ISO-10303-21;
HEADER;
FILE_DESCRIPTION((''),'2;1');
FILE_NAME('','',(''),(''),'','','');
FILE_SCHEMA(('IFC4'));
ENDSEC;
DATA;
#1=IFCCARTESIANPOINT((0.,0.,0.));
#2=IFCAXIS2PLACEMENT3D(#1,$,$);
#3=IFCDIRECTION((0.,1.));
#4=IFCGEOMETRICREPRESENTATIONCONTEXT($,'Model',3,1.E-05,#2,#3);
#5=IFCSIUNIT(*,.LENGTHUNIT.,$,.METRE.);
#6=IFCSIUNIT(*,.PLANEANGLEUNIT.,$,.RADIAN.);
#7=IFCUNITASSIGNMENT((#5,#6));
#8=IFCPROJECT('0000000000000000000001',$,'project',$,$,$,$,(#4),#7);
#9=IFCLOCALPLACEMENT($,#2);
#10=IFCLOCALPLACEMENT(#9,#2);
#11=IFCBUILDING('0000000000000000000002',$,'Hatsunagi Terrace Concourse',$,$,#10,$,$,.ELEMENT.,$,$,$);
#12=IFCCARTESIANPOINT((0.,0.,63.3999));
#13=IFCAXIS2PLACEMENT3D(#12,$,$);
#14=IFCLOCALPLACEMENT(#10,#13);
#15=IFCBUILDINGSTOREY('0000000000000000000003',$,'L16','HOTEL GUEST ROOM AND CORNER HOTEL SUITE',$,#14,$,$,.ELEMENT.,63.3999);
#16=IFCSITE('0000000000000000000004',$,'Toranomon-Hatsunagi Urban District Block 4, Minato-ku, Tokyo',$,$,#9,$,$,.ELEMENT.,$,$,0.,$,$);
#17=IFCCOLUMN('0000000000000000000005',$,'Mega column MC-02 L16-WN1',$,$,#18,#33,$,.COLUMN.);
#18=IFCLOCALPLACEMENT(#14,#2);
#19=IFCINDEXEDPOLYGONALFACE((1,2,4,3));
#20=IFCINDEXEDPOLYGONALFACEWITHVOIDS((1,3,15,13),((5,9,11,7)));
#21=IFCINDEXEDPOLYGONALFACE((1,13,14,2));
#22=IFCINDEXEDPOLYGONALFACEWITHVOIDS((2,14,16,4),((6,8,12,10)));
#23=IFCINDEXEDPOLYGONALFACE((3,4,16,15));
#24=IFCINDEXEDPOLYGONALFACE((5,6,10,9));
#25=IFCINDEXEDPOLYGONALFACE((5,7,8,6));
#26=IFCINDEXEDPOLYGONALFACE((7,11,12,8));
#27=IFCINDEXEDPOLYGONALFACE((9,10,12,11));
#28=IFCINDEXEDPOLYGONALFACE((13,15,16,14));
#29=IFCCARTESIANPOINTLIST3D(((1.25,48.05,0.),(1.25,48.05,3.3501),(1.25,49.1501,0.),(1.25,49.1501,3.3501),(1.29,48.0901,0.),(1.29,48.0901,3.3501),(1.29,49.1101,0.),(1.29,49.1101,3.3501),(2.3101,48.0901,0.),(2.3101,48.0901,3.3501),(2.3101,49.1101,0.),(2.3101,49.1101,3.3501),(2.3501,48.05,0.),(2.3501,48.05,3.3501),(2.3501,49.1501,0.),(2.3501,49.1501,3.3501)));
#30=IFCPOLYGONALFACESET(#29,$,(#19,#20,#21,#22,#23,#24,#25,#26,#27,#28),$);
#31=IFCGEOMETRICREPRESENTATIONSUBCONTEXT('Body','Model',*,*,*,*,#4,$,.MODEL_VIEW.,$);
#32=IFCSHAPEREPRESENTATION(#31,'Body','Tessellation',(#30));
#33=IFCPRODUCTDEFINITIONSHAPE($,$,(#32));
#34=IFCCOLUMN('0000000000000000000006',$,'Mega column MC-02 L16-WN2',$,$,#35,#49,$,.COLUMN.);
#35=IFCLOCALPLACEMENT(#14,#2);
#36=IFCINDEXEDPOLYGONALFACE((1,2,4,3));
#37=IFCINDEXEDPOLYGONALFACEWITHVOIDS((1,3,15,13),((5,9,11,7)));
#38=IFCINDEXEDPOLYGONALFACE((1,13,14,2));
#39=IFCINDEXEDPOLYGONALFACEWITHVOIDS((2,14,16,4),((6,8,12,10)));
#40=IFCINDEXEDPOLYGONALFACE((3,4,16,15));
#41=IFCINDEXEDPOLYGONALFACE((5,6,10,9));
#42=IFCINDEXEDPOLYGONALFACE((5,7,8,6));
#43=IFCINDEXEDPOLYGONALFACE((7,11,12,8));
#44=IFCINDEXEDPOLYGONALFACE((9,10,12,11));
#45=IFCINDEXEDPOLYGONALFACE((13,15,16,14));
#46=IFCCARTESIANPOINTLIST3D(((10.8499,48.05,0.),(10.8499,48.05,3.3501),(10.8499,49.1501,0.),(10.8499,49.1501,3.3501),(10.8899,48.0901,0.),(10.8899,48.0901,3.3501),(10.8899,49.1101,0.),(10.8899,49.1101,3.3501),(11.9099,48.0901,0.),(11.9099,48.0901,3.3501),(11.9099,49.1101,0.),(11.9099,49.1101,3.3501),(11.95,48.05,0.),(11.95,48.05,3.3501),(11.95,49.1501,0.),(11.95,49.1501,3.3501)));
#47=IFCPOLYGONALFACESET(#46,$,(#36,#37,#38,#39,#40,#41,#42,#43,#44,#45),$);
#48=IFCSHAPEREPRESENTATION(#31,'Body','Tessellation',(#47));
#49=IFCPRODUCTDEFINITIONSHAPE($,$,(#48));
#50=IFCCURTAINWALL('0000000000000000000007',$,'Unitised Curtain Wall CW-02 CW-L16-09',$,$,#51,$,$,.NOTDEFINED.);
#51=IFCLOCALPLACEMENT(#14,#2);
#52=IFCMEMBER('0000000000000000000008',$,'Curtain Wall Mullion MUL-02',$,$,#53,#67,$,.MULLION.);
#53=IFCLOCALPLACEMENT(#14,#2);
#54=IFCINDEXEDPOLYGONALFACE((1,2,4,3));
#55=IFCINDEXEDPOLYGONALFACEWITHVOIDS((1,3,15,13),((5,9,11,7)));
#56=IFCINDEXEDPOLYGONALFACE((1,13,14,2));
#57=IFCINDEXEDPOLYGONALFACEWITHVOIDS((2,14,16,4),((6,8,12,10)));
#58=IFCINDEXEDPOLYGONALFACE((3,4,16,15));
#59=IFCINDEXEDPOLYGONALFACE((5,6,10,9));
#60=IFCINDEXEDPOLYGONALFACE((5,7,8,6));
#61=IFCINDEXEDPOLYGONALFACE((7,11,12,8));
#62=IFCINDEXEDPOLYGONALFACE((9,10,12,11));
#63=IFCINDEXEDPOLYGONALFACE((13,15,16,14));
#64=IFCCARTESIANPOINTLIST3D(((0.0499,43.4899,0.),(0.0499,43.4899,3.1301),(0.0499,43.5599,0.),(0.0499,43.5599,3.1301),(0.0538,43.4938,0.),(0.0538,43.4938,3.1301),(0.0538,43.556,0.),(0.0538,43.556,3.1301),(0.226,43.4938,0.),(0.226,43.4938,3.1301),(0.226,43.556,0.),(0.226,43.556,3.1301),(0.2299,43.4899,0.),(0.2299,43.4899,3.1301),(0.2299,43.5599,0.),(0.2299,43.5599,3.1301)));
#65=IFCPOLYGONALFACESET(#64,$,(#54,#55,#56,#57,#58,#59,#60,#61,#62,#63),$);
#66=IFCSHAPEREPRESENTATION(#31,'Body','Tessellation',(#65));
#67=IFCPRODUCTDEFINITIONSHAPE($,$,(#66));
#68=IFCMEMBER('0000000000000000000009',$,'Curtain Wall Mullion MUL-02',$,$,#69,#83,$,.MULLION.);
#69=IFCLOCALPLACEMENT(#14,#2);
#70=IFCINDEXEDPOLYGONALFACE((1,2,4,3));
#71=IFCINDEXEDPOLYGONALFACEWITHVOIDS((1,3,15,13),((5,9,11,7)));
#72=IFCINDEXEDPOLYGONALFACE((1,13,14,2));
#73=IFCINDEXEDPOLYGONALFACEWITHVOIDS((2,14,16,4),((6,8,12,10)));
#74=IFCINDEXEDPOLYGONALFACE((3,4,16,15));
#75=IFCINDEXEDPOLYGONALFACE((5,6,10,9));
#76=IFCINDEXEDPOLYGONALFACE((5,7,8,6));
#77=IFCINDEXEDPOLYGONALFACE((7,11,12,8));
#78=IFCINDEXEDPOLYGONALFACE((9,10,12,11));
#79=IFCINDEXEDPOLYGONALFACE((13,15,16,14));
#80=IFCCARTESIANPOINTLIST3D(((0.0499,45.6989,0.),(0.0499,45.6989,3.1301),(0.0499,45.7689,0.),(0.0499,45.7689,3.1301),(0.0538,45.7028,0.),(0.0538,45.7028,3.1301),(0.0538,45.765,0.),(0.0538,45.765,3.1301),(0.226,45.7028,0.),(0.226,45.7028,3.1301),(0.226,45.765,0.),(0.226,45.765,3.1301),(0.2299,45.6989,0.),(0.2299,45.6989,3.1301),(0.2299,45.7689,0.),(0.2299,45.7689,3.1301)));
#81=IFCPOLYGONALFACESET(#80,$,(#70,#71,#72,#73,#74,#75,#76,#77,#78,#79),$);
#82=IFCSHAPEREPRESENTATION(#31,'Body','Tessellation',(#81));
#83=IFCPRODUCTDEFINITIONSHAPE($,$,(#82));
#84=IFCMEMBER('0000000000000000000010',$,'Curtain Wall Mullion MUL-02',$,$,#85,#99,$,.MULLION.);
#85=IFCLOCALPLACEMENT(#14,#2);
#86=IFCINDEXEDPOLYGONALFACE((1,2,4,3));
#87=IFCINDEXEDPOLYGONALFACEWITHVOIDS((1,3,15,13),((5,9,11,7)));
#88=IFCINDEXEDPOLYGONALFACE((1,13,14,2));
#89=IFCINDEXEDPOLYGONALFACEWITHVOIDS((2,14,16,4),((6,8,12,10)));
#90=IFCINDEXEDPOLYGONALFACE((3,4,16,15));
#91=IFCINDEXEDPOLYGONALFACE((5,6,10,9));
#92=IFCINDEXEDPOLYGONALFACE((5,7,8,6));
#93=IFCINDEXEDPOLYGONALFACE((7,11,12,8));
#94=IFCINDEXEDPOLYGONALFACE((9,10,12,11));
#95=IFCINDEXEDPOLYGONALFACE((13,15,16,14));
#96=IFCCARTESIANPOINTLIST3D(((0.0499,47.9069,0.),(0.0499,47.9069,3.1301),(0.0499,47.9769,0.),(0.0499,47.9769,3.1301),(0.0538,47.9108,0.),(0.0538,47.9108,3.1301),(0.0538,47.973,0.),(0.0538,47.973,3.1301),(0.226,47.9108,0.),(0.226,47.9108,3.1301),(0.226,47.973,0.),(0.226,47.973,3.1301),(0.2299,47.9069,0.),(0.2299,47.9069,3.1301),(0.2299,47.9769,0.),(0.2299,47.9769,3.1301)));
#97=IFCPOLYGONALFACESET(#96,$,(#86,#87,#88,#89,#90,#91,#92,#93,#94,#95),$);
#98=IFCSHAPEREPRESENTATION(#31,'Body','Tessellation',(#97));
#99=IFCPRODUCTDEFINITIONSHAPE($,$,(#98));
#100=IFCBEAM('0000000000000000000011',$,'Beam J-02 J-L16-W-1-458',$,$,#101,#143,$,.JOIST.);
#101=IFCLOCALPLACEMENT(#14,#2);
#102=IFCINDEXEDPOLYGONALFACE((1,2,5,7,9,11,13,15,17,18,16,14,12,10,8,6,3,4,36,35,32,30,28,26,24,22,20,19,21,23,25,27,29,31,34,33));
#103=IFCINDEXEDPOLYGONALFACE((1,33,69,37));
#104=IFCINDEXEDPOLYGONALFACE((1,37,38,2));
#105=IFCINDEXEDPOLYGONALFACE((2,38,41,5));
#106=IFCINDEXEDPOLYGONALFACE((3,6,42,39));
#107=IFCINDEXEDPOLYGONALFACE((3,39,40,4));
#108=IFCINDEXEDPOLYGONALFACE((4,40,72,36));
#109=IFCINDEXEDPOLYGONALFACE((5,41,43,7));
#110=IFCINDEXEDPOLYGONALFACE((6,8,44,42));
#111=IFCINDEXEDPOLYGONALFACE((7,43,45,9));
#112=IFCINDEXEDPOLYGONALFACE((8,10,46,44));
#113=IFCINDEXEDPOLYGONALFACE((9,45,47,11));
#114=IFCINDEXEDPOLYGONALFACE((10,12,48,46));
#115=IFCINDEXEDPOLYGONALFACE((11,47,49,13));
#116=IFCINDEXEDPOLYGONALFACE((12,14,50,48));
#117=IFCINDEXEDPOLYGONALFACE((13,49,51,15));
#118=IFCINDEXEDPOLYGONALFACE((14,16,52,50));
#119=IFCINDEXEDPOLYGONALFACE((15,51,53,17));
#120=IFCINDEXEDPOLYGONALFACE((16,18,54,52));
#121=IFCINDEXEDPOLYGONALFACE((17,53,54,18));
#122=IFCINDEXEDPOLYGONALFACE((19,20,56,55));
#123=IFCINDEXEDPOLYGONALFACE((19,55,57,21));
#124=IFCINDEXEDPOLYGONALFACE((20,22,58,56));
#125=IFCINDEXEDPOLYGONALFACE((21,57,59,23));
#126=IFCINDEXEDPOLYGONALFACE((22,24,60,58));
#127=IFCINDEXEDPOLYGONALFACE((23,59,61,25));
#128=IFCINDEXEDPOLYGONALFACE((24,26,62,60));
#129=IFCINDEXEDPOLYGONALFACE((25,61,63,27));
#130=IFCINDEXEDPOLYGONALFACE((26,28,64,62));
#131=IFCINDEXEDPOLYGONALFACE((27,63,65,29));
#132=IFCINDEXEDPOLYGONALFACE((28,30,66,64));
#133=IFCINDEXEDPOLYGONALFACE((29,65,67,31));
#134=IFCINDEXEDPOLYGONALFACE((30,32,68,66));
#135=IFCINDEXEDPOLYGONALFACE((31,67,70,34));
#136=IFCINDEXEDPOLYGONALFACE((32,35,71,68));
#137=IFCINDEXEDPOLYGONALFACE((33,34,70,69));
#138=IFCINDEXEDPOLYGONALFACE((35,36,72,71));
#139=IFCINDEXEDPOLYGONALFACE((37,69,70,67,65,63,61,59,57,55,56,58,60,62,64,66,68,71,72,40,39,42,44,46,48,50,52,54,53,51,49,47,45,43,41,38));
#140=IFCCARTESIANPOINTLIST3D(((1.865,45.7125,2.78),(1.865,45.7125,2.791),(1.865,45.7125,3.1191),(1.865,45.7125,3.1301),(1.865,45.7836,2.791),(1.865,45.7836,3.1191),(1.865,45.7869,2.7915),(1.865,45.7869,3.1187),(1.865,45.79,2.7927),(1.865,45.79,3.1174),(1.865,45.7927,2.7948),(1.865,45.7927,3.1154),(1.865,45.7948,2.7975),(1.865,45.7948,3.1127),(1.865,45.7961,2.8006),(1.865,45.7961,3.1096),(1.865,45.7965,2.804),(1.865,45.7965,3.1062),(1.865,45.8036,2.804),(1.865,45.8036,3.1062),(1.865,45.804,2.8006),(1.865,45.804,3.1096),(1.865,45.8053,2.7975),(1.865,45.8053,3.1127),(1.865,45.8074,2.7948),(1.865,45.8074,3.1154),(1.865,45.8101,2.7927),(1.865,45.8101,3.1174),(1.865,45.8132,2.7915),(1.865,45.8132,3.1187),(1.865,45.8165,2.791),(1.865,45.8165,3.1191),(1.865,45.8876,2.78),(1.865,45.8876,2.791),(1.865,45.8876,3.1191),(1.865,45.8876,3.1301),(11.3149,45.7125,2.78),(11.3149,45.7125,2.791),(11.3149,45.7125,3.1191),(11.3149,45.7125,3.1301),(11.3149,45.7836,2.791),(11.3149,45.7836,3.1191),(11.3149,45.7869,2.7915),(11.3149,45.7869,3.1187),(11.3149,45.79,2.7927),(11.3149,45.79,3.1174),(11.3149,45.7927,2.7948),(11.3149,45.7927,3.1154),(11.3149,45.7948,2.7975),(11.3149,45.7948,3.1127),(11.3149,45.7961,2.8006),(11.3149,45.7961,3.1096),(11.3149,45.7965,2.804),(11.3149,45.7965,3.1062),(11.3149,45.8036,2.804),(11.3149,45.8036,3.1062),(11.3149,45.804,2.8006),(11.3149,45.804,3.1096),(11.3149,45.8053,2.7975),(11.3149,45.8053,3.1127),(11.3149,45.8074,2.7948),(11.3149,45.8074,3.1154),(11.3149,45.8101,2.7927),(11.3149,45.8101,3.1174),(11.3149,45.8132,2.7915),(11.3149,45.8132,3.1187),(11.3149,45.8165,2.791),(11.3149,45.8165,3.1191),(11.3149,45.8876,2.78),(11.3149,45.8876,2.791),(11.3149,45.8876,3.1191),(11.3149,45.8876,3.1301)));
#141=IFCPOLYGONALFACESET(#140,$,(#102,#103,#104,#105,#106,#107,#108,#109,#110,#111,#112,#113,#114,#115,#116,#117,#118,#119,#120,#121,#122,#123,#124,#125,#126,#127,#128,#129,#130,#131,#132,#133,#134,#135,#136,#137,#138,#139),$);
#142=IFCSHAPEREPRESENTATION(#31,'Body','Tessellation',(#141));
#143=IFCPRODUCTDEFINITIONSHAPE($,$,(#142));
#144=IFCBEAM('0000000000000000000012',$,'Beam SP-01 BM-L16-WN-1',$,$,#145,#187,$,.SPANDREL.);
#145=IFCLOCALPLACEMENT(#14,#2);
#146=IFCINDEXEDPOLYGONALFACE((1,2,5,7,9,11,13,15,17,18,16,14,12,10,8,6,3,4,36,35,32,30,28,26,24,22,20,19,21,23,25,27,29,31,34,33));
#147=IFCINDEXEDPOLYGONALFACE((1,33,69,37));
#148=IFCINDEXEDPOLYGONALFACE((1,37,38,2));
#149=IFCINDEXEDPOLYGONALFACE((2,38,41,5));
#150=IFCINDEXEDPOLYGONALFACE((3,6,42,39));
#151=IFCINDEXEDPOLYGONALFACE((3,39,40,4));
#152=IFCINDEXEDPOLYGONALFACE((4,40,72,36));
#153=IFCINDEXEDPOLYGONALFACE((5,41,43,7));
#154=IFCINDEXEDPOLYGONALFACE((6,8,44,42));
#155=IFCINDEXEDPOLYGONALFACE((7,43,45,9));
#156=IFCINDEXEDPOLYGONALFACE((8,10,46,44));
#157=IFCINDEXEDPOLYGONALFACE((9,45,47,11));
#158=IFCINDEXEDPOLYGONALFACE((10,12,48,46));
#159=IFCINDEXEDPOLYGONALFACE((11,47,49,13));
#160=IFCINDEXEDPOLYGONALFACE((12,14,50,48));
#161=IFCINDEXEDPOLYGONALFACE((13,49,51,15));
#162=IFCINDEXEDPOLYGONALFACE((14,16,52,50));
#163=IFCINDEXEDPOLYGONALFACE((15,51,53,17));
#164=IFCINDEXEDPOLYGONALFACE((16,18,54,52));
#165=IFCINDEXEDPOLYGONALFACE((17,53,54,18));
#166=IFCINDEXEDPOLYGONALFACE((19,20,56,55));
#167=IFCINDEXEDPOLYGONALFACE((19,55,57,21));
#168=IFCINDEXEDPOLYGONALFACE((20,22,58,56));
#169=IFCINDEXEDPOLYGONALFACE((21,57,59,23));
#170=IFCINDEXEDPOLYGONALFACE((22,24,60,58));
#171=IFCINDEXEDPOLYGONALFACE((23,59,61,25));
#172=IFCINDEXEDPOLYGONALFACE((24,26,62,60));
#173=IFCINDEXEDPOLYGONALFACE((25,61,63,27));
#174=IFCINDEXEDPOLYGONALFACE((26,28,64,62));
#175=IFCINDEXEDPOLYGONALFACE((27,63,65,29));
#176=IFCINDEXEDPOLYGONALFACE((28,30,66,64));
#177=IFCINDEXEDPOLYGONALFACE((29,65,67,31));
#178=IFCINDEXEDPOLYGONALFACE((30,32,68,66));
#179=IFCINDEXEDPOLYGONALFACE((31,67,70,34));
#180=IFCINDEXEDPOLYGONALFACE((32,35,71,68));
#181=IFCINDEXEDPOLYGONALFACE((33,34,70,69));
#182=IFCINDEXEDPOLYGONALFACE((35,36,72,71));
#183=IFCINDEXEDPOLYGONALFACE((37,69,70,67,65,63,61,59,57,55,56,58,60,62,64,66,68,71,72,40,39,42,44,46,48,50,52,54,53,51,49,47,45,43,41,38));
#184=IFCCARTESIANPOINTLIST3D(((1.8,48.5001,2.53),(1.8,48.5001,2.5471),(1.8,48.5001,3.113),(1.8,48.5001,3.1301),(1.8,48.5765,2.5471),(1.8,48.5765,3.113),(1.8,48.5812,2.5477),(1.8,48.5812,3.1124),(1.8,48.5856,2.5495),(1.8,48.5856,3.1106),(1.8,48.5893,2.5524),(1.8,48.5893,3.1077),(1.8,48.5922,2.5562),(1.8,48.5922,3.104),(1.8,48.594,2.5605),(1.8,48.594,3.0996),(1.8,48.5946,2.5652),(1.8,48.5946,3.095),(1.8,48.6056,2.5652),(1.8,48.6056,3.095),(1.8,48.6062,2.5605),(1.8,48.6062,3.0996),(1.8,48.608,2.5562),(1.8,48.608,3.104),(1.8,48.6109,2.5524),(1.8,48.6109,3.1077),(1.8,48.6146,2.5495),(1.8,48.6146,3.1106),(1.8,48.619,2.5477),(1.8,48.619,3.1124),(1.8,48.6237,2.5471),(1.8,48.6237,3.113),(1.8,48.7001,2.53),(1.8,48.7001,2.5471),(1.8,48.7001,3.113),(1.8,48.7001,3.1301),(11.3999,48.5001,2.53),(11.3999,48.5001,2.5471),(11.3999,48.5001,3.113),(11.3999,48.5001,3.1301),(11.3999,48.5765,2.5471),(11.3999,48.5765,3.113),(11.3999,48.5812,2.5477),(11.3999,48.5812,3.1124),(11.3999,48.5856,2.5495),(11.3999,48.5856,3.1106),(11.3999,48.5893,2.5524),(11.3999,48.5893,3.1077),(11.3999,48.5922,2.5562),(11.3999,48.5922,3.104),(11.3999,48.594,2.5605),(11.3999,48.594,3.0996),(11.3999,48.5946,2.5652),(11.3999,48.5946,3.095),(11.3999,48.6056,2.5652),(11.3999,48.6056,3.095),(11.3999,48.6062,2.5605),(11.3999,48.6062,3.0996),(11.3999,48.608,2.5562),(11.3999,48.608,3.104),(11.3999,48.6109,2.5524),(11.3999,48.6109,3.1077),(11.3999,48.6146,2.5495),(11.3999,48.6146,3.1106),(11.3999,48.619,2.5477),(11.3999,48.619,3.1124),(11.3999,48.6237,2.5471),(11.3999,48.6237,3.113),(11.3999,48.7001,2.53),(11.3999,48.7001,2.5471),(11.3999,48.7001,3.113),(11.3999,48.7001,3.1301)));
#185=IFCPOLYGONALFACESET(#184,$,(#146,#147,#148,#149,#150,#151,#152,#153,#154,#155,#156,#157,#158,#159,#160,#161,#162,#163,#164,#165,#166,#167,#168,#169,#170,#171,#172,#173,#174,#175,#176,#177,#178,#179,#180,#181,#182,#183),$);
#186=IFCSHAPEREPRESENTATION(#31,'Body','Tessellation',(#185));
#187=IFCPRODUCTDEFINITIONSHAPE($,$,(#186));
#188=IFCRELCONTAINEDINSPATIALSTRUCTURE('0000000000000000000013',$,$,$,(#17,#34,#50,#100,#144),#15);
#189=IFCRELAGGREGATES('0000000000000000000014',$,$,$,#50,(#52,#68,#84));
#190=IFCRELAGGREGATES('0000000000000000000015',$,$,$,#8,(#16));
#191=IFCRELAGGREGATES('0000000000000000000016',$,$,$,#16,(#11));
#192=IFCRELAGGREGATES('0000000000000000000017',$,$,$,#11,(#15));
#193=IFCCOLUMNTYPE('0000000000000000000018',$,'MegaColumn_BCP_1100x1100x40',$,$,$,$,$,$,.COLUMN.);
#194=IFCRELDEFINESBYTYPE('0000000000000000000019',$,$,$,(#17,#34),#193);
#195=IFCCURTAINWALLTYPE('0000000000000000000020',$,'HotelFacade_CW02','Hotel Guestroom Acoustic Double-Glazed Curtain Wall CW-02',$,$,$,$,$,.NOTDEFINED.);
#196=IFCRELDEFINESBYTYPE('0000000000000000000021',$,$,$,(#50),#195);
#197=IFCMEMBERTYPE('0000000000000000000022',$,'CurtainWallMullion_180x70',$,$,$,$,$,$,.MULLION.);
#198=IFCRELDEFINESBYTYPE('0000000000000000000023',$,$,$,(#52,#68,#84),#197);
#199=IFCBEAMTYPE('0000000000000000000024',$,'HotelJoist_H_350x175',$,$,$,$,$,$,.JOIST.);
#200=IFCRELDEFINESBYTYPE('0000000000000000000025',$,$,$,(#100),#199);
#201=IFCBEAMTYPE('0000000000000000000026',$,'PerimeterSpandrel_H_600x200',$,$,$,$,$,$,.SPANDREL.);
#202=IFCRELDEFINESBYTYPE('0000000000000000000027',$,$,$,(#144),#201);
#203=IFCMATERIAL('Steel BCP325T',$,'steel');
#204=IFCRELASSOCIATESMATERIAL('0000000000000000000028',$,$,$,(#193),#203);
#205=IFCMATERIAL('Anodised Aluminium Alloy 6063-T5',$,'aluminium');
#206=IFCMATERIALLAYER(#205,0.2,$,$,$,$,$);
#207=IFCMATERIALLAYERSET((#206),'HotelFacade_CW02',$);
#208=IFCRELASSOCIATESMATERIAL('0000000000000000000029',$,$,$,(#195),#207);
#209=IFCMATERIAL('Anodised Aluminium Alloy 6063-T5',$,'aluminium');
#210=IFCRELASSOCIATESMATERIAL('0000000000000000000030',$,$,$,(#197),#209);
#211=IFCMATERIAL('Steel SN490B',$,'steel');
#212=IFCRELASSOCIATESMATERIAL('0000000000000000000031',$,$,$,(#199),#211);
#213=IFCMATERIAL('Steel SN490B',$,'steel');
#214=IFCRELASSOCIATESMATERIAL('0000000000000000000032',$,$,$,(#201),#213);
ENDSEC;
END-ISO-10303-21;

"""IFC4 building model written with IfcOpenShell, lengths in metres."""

from ifc_helpers import new_model, si_unit, direction, frame, origin, origin_2d, place, context, subcontext, project, spatial, hollow_rectangle, i_section, extrude, material, layer, layer_set, material_profile, profile_set, type_object, element, aggregate, save


model = new_model("IFC4")

# Units and contexts
model_context = context("Model", 3, precision=1e-05, world=origin(), true_north=direction((0.0, 1.0)))
body_context = subcontext(model_context, "Body", "Model", "MODEL_VIEW")
ifc_project = project(units=[si_unit("LENGTHUNIT", "METRE"), si_unit("PLANEANGLEUNIT", "RADIAN")], contexts=[model_context])

# Site, building, storey
site_placement = place(None, origin())
site = spatial("IfcSite", under=ifc_project, at=site_placement, Name="Toranomon-Hatsunagi Urban District Block 4, Minato-ku, Tokyo", CompositionType="ELEMENT", RefElevation=0.0)
building_placement = place(site_placement, origin())
building = spatial("IfcBuilding", under=site, at=building_placement, Name="Hatsunagi Terrace Concourse", CompositionType="ELEMENT")
storey_placement = place(building_placement, frame((0.0, 0.0, 63.3999)))
storey = spatial("IfcBuildingStorey", under=building, at=storey_placement, Name="L16", Description="HOTEL GUEST ROOM AND CORNER HOTEL SUITE", CompositionType="ELEMENT", Elevation=63.3999)

# Columns
ifc_material_1 = material(Name="Steel BCP325T", Category="steel")
ifc_material_profile_1 = material_profile(ifc_material_1, hollow_rectangle(XDim=1.1001, YDim=1.1001, WallThickness=0.04, at=origin_2d()), Name="BCP-1100x1100x40")
ifc_profile_set_1 = profile_set([ifc_material_profile_1], Name="Steel BCP325T")
column_type = type_object("IfcColumnType", Name="MegaColumn_BCP_1100x1100x40", PredefinedType="COLUMN", material=ifc_profile_set_1)
for number, where, z_axis, x_axis, name in (
    (1, (1.8, 48.6001, 0.0), (0.0, 0.0, 1.0), (1.0, 0.0, 0.0), "Mega column MC-02 L16-WN1"),
    (2, (11.3999, 48.6001, 0.0), (0.0, 0.0, 1.0), (1.0, 0.0, 0.0), "Mega column MC-02 L16-WN2"),
):
    element("IfcColumn", number, at=place(storey_placement, frame(where, z_axis=z_axis, x_axis=x_axis)), inside=storey, type_object=column_type, Name=name, PredefinedType="COLUMN", context=body_context, shape_type="SweptSolid", body=[
        extrude(hollow_rectangle(XDim=1.1001, YDim=1.1001, WallThickness=0.04, at=origin_2d()), origin(), (0.0, 0.0, 1.0), 3.3501),
    ])

# Curtain wall, members
ifc_material_2 = material(Name="Anodised Aluminium Alloy 6063-T5", Category="aluminium")
ifc_layer_1 = layer(ifc_material_2, 0.2)
ifc_layer_set_1 = layer_set([ifc_layer_1], Name="HotelFacade_CW02")
curtain_wall_type = type_object("IfcCurtainWallType", Name="HotelFacade_CW02", Description="Hotel Guestroom Acoustic Double-Glazed Curtain Wall CW-02", PredefinedType="NOTDEFINED", material=ifc_layer_set_1)
curtain_wall_placement = place(storey_placement, origin())
curtain_wall = element("IfcCurtainWall", 3, at=curtain_wall_placement, inside=storey, type_object=curtain_wall_type, Name="Unitised Curtain Wall CW-02 CW-L16-09", PredefinedType="NOTDEFINED")
ifc_material_3 = material(Name="Anodised Aluminium Alloy 6063-T5", Category="aluminium")
ifc_material_profile_2 = material_profile(ifc_material_3, hollow_rectangle(XDim=0.0701, YDim=0.1799, WallThickness=0.0039, at=origin_2d()), Name="ALU-MUL-180x70x4")
ifc_profile_set_2 = profile_set([ifc_material_profile_2], Name="Anodised Aluminium Alloy 6063-T5")
member_type = type_object("IfcMemberType", Name="CurtainWallMullion_180x70", PredefinedType="MULLION", material=ifc_profile_set_2)
member_1_placement = place(storey_placement, frame((0.1399, 43.5249, 0.0), z_axis=(0.0, 0.0, 1.0), x_axis=(0.0, 1.0, 0.0)))
member_1 = element("IfcMember", 4, at=member_1_placement, type_object=member_type, Name="Curtain Wall Mullion MUL-02", PredefinedType="MULLION", context=body_context, shape_type="SweptSolid", body=[
    extrude(hollow_rectangle(XDim=0.0701, YDim=0.1799, WallThickness=0.0039, at=origin_2d()), origin(), (0.0, 0.0, 1.0), 3.1301),
])
member_2_placement = place(storey_placement, frame((0.1399, 45.7339, 0.0), z_axis=(0.0, 0.0, 1.0), x_axis=(0.0, 1.0, 0.0)))
member_2 = element("IfcMember", 5, at=member_2_placement, type_object=member_type, Name="Curtain Wall Mullion MUL-02", PredefinedType="MULLION", context=body_context, shape_type="SweptSolid", body=[
    extrude(hollow_rectangle(XDim=0.0701, YDim=0.1799, WallThickness=0.0039, at=origin_2d()), origin(), (0.0, 0.0, 1.0), 3.1301),
])
member_3_placement = place(storey_placement, frame((0.1399, 47.9419, 0.0), z_axis=(0.0, 0.0, 1.0), x_axis=(0.0, 1.0, 0.0)))
member_3 = element("IfcMember", 6, at=member_3_placement, type_object=member_type, Name="Curtain Wall Mullion MUL-02", PredefinedType="MULLION", context=body_context, shape_type="SweptSolid", body=[
    extrude(hollow_rectangle(XDim=0.0701, YDim=0.1799, WallThickness=0.0039, at=origin_2d()), origin(), (0.0, 0.0, 1.0), 3.1301),
])

# Beams
ifc_material_4 = material(Name="Steel SN490B", Category="steel")
ifc_material_profile_3 = material_profile(ifc_material_4, i_section(OverallWidth=0.175, OverallDepth=0.3501, WebThickness=0.0071, FlangeThickness=0.011, FilletRadius=0.0129, at=origin_2d()), Name="H-350x175x7x11")
ifc_profile_set_3 = profile_set([ifc_material_profile_3], Name="Steel SN490B")
beam_type_1 = type_object("IfcBeamType", Name="HotelJoist_H_350x175", PredefinedType="JOIST", material=ifc_profile_set_3)
beam_1_placement = place(storey_placement, frame((1.865, 45.8, 2.9551), z_axis=(1.0, 0.0, 0.0), x_axis=(0.0, 1.0, 0.0)))
element("IfcBeam", 7, at=beam_1_placement, inside=storey, type_object=beam_type_1, Name="Beam J-02 J-L16-W-1-458", PredefinedType="JOIST", context=body_context, shape_type="SweptSolid", body=[
    extrude(i_section(OverallWidth=0.175, OverallDepth=0.3501, WebThickness=0.0071, FlangeThickness=0.011, FilletRadius=0.0129, at=origin_2d()), origin(), (0.0, 0.0, 1.0), 9.45),
])
ifc_material_5 = material(Name="Steel SN490B", Category="steel")
ifc_material_profile_4 = material_profile(ifc_material_5, i_section(OverallWidth=0.2, OverallDepth=0.6001, WebThickness=0.011, FlangeThickness=0.0171, FilletRadius=0.0181, at=origin_2d()), Name="H-600x200x11x17")
ifc_profile_set_4 = profile_set([ifc_material_profile_4], Name="Steel SN490B")
beam_type_2 = type_object("IfcBeamType", Name="PerimeterSpandrel_H_600x200", PredefinedType="SPANDREL", material=ifc_profile_set_4)
beam_2_placement = place(storey_placement, frame((1.8, 48.6001, 2.8301), z_axis=(1.0, 0.0, 0.0), x_axis=(0.0, 1.0, 0.0)))
element("IfcBeam", 8, at=beam_2_placement, inside=storey, type_object=beam_type_2, Name="Beam SP-01 BM-L16-WN-1", PredefinedType="SPANDREL", context=body_context, shape_type="SweptSolid", body=[
    extrude(i_section(OverallWidth=0.2, OverallDepth=0.6001, WebThickness=0.011, FlangeThickness=0.0171, FilletRadius=0.0181, at=origin_2d()), origin(), (0.0, 0.0, 1.0), 9.5999),
])

aggregate(curtain_wall, [member_1, member_2, member_3])

save(model, "model.ifc")
